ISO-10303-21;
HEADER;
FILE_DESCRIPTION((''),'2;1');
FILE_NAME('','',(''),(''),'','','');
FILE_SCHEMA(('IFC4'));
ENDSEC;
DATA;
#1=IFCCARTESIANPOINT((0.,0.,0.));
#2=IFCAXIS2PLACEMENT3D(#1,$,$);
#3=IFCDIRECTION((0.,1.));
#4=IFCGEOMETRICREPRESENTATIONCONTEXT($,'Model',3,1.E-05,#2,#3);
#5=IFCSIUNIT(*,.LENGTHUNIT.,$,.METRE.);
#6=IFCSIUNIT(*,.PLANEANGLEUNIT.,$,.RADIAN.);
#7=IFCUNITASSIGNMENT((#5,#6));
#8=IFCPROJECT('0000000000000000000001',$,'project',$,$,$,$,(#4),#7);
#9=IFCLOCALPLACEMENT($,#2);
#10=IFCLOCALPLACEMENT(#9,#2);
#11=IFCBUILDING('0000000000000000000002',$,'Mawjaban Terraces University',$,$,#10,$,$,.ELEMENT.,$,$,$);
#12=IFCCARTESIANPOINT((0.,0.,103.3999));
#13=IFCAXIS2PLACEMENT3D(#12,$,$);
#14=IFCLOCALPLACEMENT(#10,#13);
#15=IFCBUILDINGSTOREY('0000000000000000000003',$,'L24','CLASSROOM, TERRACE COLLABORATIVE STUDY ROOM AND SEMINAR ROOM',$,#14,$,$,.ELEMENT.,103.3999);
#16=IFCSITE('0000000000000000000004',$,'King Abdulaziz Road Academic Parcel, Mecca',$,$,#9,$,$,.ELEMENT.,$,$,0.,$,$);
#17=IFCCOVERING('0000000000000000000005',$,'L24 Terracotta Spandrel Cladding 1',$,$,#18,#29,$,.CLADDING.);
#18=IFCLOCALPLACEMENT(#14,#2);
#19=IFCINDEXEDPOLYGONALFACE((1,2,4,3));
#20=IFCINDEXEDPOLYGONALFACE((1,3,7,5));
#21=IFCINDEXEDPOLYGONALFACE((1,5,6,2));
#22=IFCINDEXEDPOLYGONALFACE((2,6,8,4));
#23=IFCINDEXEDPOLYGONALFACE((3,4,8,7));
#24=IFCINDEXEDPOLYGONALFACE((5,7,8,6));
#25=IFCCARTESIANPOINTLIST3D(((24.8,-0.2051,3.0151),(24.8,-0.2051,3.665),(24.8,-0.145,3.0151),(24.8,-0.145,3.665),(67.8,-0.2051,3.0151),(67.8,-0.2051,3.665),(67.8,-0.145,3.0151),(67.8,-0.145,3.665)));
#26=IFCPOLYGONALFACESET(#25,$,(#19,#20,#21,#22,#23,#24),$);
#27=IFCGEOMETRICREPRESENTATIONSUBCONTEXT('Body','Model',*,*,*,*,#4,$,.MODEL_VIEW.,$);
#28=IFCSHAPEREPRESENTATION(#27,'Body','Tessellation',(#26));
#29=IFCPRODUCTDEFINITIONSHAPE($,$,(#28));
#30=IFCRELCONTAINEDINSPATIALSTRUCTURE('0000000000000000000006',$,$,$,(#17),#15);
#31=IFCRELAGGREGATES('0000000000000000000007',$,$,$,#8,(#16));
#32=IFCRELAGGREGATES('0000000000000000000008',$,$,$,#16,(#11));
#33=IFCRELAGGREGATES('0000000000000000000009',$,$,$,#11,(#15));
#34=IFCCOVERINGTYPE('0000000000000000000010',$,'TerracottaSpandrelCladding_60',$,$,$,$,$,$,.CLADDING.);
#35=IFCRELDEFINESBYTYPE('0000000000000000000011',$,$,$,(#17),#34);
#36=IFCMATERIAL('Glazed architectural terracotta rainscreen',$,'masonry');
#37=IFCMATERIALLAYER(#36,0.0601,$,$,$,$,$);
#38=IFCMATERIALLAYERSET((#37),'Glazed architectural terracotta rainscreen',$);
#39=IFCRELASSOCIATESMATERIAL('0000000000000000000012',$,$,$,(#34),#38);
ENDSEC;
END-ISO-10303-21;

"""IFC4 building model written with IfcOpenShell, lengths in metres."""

from ifc_helpers import new_model, si_unit, direction, frame, origin, origin_2d, place, context, subcontext, project, spatial, rectangle, extrude, material, layer, layer_set, type_object, element, save


model = new_model("IFC4")

# Units and contexts
model_context = context("Model", 3, precision=1e-05, world=origin(), true_north=direction((0.0, 1.0)))
body_context = subcontext(model_context, "Body", "Model", "MODEL_VIEW")
ifc_project = project(units=[si_unit("LENGTHUNIT", "METRE"), si_unit("PLANEANGLEUNIT", "RADIAN")], contexts=[model_context])

# Site, building, storey
site_placement = place(None, origin())
site = spatial("IfcSite", under=ifc_project, at=site_placement, Name="King Abdulaziz Road Academic Parcel, Mecca", CompositionType="ELEMENT", RefElevation=0.0)
building_placement = place(site_placement, origin())
building = spatial("IfcBuilding", under=site, at=building_placement, Name="Mawjaban Terraces University", CompositionType="ELEMENT")
storey_placement = place(building_placement, frame((0.0, 0.0, 103.3999)))
storey = spatial("IfcBuildingStorey", under=building, at=storey_placement, Name="L24", Description="CLASSROOM, TERRACE COLLABORATIVE STUDY ROOM AND SEMINAR ROOM", CompositionType="ELEMENT", Elevation=103.3999)

# Covering
ifc_material_1 = material(Name="Glazed architectural terracotta rainscreen", Category="masonry")
ifc_layer_1 = layer(ifc_material_1, 0.0601)
ifc_layer_set_1 = layer_set([ifc_layer_1], Name="Glazed architectural terracotta rainscreen")
covering_type = type_object("IfcCoveringType", Name="TerracottaSpandrelCladding_60", PredefinedType="CLADDING", material=ifc_layer_set_1)
covering_placement = place(storey_placement, frame((46.3, -0.175, 3.0151), z_axis=(0.0, 0.0, 1.0), x_axis=(1.0, 0.0, 0.0)))
element("IfcCovering", 1, at=covering_placement, inside=storey, type_object=covering_type, Name="L24 Terracotta Spandrel Cladding 1", PredefinedType="CLADDING", context=body_context, shape_type="SweptSolid", body=[
    extrude(rectangle(XDim=43.0, YDim=0.0601, at=origin_2d()), origin(), (0.0, 0.0, 1.0), 0.6499),
])

save(model, "model.ifc")
